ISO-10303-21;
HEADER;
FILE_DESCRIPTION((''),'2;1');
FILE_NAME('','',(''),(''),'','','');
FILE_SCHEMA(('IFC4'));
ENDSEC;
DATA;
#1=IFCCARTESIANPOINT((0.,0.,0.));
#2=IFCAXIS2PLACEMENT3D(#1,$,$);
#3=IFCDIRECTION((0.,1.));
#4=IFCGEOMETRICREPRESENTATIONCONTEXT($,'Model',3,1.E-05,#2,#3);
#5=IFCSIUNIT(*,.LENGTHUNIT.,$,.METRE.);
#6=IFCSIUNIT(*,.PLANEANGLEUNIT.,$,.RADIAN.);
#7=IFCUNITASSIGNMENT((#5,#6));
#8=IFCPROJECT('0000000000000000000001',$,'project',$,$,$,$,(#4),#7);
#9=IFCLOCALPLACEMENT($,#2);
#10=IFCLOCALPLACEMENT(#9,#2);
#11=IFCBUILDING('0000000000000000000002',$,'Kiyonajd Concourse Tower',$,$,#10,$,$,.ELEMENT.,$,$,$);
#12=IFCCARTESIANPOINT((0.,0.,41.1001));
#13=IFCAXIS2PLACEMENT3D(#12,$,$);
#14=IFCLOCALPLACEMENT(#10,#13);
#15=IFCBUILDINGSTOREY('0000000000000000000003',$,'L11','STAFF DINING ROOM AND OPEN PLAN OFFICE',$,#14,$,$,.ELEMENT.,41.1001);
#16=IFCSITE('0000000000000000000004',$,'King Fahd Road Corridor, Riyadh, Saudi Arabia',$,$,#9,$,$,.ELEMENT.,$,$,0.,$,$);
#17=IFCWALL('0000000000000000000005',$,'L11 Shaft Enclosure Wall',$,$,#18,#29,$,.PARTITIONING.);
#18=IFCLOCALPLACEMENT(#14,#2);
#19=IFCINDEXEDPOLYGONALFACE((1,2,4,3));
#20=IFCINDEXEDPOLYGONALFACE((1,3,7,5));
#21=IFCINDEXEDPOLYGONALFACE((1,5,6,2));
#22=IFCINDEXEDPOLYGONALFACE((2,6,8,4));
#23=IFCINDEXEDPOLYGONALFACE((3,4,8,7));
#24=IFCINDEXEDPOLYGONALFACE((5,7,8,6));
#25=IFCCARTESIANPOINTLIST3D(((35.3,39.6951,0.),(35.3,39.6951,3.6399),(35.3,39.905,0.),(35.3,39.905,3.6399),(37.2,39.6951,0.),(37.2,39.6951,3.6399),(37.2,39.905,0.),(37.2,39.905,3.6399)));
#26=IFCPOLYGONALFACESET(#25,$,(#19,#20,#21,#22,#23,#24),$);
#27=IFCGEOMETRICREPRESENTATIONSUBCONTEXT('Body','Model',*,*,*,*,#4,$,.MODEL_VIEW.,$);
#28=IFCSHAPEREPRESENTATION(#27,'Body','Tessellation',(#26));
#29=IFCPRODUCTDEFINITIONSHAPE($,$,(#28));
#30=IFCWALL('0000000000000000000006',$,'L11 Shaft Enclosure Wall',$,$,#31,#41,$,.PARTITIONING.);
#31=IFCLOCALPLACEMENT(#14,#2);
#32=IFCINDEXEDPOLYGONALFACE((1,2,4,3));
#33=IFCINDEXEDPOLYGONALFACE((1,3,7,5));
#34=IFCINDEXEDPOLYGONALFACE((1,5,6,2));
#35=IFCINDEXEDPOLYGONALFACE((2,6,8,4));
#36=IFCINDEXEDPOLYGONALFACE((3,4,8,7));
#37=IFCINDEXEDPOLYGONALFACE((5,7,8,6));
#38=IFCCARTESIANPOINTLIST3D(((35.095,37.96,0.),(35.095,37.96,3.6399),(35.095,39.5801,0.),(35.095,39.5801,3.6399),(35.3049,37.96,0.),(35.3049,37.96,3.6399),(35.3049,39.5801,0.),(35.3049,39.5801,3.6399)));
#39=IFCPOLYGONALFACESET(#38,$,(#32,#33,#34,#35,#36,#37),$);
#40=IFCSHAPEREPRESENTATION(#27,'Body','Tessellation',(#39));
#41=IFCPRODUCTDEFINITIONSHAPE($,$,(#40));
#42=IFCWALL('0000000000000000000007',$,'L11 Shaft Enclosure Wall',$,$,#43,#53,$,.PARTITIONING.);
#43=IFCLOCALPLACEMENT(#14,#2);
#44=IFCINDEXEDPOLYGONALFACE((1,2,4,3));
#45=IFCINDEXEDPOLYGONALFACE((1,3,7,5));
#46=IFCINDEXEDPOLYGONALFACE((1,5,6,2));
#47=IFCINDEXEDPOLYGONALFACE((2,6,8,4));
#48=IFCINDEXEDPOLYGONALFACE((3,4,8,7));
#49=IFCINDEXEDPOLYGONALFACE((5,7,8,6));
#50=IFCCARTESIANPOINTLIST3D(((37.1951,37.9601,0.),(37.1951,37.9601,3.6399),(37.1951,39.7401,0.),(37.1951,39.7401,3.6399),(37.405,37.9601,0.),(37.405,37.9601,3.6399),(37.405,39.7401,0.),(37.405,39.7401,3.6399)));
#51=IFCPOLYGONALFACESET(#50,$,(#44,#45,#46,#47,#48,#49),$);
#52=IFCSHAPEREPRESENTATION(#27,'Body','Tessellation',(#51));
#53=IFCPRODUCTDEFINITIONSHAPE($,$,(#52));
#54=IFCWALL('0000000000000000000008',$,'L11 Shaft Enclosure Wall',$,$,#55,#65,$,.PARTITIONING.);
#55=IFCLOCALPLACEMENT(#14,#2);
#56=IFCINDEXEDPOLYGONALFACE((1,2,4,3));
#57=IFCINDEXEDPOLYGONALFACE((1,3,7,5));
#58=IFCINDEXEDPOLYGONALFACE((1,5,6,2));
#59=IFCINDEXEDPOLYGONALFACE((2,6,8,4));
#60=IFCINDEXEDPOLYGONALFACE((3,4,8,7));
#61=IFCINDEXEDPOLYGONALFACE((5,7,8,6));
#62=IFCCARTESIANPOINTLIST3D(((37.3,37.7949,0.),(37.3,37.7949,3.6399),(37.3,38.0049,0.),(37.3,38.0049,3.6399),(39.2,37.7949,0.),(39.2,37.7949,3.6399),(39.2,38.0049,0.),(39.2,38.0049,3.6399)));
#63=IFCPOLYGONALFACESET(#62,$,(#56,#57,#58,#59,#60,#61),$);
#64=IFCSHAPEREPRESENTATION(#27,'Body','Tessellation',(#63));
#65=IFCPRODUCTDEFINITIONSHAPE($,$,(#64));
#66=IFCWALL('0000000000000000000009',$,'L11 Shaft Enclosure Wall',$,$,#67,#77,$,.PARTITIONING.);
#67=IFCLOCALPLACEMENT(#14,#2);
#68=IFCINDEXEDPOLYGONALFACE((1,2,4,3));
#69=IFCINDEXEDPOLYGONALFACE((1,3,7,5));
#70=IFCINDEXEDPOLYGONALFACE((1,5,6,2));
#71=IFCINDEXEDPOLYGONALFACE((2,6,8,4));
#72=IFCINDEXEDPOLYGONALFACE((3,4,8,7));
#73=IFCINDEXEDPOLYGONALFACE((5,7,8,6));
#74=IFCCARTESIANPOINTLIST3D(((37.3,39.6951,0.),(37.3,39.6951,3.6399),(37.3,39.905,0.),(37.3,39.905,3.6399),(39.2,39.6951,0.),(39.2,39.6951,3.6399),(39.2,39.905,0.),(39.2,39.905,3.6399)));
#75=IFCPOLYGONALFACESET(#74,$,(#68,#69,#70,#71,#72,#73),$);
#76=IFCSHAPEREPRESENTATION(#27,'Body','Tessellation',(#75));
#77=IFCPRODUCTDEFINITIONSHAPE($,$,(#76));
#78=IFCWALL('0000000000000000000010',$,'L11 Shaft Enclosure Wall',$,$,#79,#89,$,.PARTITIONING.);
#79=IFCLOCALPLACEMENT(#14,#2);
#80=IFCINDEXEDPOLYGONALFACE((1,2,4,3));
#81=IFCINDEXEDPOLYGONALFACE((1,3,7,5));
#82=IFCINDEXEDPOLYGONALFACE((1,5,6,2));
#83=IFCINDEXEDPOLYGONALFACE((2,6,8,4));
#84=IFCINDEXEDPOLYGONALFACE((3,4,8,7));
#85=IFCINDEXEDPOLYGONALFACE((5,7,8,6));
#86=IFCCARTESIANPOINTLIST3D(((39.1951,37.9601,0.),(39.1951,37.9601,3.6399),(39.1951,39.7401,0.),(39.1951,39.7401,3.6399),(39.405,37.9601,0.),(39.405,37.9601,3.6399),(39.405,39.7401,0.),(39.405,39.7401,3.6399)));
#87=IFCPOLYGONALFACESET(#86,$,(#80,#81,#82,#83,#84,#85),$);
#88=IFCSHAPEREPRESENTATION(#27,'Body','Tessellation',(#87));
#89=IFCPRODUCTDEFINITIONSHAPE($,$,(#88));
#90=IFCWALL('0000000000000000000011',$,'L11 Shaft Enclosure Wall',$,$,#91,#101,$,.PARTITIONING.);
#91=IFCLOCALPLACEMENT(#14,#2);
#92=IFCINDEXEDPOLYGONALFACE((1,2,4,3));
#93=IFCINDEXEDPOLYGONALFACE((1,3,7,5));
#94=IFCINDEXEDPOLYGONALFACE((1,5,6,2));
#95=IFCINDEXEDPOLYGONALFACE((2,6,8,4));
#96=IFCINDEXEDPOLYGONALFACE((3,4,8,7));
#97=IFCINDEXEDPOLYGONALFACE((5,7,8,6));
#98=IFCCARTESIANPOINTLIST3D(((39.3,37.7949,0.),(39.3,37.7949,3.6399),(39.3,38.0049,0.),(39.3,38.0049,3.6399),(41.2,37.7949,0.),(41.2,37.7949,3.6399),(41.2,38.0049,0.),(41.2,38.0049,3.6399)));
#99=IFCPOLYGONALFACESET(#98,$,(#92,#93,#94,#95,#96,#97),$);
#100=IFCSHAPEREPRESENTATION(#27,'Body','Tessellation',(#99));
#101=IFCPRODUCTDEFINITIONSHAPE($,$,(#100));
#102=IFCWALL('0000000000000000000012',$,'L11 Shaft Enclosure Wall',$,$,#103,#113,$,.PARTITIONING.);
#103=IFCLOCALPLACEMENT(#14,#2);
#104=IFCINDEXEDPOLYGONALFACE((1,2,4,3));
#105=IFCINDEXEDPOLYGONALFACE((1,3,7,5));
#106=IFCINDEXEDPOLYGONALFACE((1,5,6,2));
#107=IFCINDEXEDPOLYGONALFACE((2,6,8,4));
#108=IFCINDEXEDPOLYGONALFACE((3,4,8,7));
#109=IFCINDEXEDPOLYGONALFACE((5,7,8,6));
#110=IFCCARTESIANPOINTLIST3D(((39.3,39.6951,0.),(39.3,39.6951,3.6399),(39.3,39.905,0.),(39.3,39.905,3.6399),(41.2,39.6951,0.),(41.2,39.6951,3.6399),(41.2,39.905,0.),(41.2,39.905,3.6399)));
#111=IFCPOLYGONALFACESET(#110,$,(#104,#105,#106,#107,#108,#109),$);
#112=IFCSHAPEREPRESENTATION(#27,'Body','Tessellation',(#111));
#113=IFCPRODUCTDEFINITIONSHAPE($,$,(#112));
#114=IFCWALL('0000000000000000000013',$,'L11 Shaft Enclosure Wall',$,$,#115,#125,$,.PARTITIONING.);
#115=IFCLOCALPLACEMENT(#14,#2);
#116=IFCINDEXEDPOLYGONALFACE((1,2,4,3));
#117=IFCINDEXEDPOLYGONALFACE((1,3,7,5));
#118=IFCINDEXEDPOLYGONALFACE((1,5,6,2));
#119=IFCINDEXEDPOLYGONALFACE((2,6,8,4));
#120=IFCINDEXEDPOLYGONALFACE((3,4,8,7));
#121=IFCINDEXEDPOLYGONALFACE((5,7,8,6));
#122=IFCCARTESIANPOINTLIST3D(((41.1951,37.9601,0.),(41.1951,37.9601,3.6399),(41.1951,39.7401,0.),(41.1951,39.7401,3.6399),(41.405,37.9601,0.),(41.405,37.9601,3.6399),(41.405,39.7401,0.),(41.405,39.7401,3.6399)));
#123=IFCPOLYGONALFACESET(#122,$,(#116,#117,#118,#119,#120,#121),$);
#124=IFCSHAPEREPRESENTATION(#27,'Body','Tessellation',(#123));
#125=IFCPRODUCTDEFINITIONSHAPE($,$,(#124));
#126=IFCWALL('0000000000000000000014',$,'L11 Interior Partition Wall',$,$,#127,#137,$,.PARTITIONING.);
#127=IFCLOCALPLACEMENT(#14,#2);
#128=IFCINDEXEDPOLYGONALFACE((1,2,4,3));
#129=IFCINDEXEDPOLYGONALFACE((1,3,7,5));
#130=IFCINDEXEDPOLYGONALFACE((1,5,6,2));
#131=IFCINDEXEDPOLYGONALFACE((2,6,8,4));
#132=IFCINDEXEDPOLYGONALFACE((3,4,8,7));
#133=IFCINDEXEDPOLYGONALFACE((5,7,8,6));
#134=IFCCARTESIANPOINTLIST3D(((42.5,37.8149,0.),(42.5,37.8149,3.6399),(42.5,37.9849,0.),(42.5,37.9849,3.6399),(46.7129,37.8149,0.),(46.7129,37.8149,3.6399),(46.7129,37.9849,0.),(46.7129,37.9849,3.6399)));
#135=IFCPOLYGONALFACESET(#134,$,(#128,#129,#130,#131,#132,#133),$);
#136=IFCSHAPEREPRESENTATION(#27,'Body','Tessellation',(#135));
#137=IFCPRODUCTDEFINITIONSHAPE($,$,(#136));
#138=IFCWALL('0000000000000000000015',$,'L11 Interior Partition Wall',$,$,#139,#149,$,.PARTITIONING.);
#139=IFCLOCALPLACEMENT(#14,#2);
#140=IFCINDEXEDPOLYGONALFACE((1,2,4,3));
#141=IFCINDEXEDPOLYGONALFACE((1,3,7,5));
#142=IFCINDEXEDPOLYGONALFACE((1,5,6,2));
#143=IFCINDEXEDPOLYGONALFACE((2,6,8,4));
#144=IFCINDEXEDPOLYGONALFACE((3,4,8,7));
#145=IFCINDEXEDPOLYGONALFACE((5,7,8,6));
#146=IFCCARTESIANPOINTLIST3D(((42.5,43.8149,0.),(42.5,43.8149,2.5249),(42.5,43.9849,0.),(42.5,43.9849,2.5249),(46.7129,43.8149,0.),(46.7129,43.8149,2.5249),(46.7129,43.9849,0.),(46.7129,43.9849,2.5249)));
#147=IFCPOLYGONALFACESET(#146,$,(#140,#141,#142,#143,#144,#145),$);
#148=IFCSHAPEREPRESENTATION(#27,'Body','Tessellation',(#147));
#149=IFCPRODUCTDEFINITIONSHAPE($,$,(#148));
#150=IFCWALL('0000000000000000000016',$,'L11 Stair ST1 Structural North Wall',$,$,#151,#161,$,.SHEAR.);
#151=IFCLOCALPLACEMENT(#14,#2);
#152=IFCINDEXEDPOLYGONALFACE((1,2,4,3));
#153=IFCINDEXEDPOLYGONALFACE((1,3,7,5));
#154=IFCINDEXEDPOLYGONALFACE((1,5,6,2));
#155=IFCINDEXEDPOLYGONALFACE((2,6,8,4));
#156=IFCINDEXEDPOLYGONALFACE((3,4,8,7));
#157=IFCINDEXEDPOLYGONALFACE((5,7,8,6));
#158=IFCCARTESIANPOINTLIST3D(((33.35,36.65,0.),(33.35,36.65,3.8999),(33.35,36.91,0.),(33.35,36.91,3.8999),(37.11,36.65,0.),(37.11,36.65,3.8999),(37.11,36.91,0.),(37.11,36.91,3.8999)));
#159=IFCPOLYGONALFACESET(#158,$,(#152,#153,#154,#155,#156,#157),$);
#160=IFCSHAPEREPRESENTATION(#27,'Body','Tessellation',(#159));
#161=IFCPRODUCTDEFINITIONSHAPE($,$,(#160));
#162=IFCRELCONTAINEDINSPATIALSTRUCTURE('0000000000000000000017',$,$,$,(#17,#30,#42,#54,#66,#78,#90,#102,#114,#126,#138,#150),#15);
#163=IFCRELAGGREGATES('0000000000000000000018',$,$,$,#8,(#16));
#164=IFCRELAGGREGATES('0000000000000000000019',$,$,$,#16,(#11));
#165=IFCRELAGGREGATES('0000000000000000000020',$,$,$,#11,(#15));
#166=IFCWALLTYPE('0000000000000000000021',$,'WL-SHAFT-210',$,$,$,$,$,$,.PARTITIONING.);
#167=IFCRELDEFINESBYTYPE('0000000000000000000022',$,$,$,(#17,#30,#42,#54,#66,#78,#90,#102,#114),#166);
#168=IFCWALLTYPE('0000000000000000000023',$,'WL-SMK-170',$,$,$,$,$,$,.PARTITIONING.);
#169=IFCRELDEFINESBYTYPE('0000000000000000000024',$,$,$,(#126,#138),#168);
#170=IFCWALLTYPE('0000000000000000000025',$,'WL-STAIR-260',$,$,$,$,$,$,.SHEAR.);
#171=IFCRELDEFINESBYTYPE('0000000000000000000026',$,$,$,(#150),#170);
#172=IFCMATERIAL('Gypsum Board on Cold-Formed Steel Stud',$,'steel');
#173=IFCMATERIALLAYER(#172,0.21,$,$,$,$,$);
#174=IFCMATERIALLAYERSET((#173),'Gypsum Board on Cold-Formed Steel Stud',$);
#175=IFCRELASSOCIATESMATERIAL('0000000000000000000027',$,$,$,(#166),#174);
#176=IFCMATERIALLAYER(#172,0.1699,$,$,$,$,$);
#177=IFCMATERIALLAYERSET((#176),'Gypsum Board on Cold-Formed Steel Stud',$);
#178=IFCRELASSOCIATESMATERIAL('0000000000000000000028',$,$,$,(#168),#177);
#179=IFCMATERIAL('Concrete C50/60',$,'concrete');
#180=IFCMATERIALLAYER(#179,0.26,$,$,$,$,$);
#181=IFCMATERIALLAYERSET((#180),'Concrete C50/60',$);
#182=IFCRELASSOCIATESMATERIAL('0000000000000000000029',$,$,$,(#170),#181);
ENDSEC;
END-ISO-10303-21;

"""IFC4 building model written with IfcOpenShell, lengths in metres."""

from ifc_helpers import new_model, si_unit, direction, frame, frame_2d, origin, place, context, subcontext, project, spatial, rectangle, extrude, material, layer, layer_set, type_object, element, save


model = new_model("IFC4")

# Units and contexts
model_context = context("Model", 3, precision=1e-05, world=origin(), true_north=direction((0.0, 1.0)))
body_context = subcontext(model_context, "Body", "Model", "MODEL_VIEW")
ifc_project = project(units=[si_unit("LENGTHUNIT", "METRE"), si_unit("PLANEANGLEUNIT", "RADIAN")], contexts=[model_context])

# Site, building, storey
site_placement = place(None, origin())
site = spatial("IfcSite", under=ifc_project, at=site_placement, Name="King Fahd Road Corridor, Riyadh, Saudi Arabia", CompositionType="ELEMENT", RefElevation=0.0)
building_placement = place(site_placement, origin())
building = spatial("IfcBuilding", under=site, at=building_placement, Name="Kiyonajd Concourse Tower", CompositionType="ELEMENT")
storey_placement = place(building_placement, frame((0.0, 0.0, 41.1001)))
storey = spatial("IfcBuildingStorey", under=building, at=storey_placement, Name="L11", Description="STAFF DINING ROOM AND OPEN PLAN OFFICE", CompositionType="ELEMENT", Elevation=41.1001)

# Walls
ifc_material_1 = material(Name="Gypsum Board on Cold-Formed Steel Stud", Category="steel")
ifc_layer_1 = layer(ifc_material_1, 0.21)
ifc_layer_set_1 = layer_set([ifc_layer_1], Name="Gypsum Board on Cold-Formed Steel Stud")
wall_type_1 = type_object("IfcWallType", Name="WL-SHAFT-210", PredefinedType="PARTITIONING", material=ifc_layer_set_1)
for number, where, z_axis, x_axis, name in (
    (1, (35.3, 39.8, 0.0), (0.0, 0.0, 1.0), (1.0, 0.0, 0.0), "L11 Shaft Enclosure Wall"),
):
    element("IfcWall", number, at=place(storey_placement, frame(where, z_axis=z_axis, x_axis=x_axis)), inside=storey, type_object=wall_type_1, Name=name, PredefinedType="PARTITIONING", context=body_context, shape_type="SweptSolid", body=[
        extrude(rectangle(XDim=1.8999, YDim=0.21, at=frame_2d((0.95, 0.0))), origin(), (0.0, 0.0, 1.0), 3.6399),
    ])
wall_1_placement = place(storey_placement, frame((35.2, 37.96, 0.0), z_axis=(0.0, 0.0, 1.0), x_axis=(0.0, 1.0, 0.0)))
element("IfcWall", 2, at=wall_1_placement, inside=storey, type_object=wall_type_1, Name="L11 Shaft Enclosure Wall", PredefinedType="PARTITIONING", context=body_context, shape_type="SweptSolid", body=[
    extrude(rectangle(XDim=1.6201, YDim=0.21, at=frame_2d((0.8101, 0.0))), origin(), (0.0, 0.0, 1.0), 3.6399),
])
wall_2_placement = place(storey_placement, frame((37.3, 37.96, 0.0), z_axis=(0.0, 0.0, 1.0), x_axis=(0.0, 1.0, 0.0)))
element("IfcWall", 3, at=wall_2_placement, inside=storey, type_object=wall_type_1, Name="L11 Shaft Enclosure Wall", PredefinedType="PARTITIONING", context=body_context, shape_type="SweptSolid", body=[
    extrude(rectangle(XDim=1.78, YDim=0.21, at=frame_2d((0.8901, 0.0))), origin(), (0.0, 0.0, 1.0), 3.6399),
])
for number, where, z_axis, x_axis, name in (
    (4, (37.3, 37.8999, 0.0), (0.0, 0.0, 1.0), (1.0, 0.0, 0.0), "L11 Shaft Enclosure Wall"),
    (5, (37.3, 39.8, 0.0), (0.0, 0.0, 1.0), (1.0, 0.0, 0.0), "L11 Shaft Enclosure Wall"),
):
    element("IfcWall", number, at=place(storey_placement, frame(where, z_axis=z_axis, x_axis=x_axis)), inside=storey, type_object=wall_type_1, Name=name, PredefinedType="PARTITIONING", context=body_context, shape_type="SweptSolid", body=[
        extrude(rectangle(XDim=1.8999, YDim=0.21, at=frame_2d((0.95, 0.0))), origin(), (0.0, 0.0, 1.0), 3.6399),
    ])
wall_3_placement = place(storey_placement, frame((39.3, 37.96, 0.0), z_axis=(0.0, 0.0, 1.0), x_axis=(0.0, 1.0, 0.0)))
element("IfcWall", 6, at=wall_3_placement, inside=storey, type_object=wall_type_1, Name="L11 Shaft Enclosure Wall", PredefinedType="PARTITIONING", context=body_context, shape_type="SweptSolid", body=[
    extrude(rectangle(XDim=1.78, YDim=0.21, at=frame_2d((0.8901, 0.0))), origin(), (0.0, 0.0, 1.0), 3.6399),
])
for number, where, z_axis, x_axis, name in (
    (7, (39.3, 37.8999, 0.0), (0.0, 0.0, 1.0), (1.0, 0.0, 0.0), "L11 Shaft Enclosure Wall"),
    (8, (39.3, 39.8, 0.0), (0.0, 0.0, 1.0), (1.0, 0.0, 0.0), "L11 Shaft Enclosure Wall"),
):
    element("IfcWall", number, at=place(storey_placement, frame(where, z_axis=z_axis, x_axis=x_axis)), inside=storey, type_object=wall_type_1, Name=name, PredefinedType="PARTITIONING", context=body_context, shape_type="SweptSolid", body=[
        extrude(rectangle(XDim=1.8999, YDim=0.21, at=frame_2d((0.95, 0.0))), origin(), (0.0, 0.0, 1.0), 3.6399),
    ])
wall_4_placement = place(storey_placement, frame((41.3, 37.96, 0.0), z_axis=(0.0, 0.0, 1.0), x_axis=(0.0, 1.0, 0.0)))
element("IfcWall", 9, at=wall_4_placement, inside=storey, type_object=wall_type_1, Name="L11 Shaft Enclosure Wall", PredefinedType="PARTITIONING", context=body_context, shape_type="SweptSolid", body=[
    extrude(rectangle(XDim=1.78, YDim=0.21, at=frame_2d((0.8901, 0.0))), origin(), (0.0, 0.0, 1.0), 3.6399),
])
ifc_layer_2 = layer(ifc_material_1, 0.1699)
ifc_layer_set_2 = layer_set([ifc_layer_2], Name="Gypsum Board on Cold-Formed Steel Stud")
wall_type_2 = type_object("IfcWallType", Name="WL-SMK-170", PredefinedType="PARTITIONING", material=ifc_layer_set_2)
wall_5_placement = place(storey_placement, frame((42.5, 37.8999, 0.0), z_axis=(0.0, 0.0, 1.0), x_axis=(1.0, 0.0, 0.0)))
element("IfcWall", 10, at=wall_5_placement, inside=storey, type_object=wall_type_2, Name="L11 Interior Partition Wall", PredefinedType="PARTITIONING", context=body_context, shape_type="SweptSolid", body=[
    extrude(rectangle(XDim=4.2129, YDim=0.1699, at=frame_2d((2.1064, 0.0))), origin(), (0.0, 0.0, 1.0), 3.6399),
])
wall_6_placement = place(storey_placement, frame((42.5, 43.8999, 0.0), z_axis=(0.0, 0.0, 1.0), x_axis=(1.0, 0.0, 0.0)))
element("IfcWall", 11, at=wall_6_placement, inside=storey, type_object=wall_type_2, Name="L11 Interior Partition Wall", PredefinedType="PARTITIONING", context=body_context, shape_type="SweptSolid", body=[
    extrude(rectangle(XDim=4.2129, YDim=0.1699, at=frame_2d((2.1064, 0.0))), origin(), (0.0, 0.0, 1.0), 2.5249),
])
ifc_material_2 = material(Name="Concrete C50/60", Category="concrete")
ifc_layer_3 = layer(ifc_material_2, 0.26)
ifc_layer_set_3 = layer_set([ifc_layer_3], Name="Concrete C50/60")
wall_type_3 = type_object("IfcWallType", Name="WL-STAIR-260", PredefinedType="SHEAR", material=ifc_layer_set_3)
wall_7_placement = place(storey_placement, frame((33.3501, 36.78, 0.0), z_axis=(0.0, 0.0, 1.0), x_axis=(1.0, 0.0, 0.0)))
element("IfcWall", 12, at=wall_7_placement, inside=storey, type_object=wall_type_3, Name="L11 Stair ST1 Structural North Wall", PredefinedType="SHEAR", context=body_context, shape_type="SweptSolid", body=[
    extrude(rectangle(XDim=3.76, YDim=0.26, at=frame_2d((1.8799, 0.0))), origin(), (0.0, 0.0, 1.0), 3.8999),
])

save(model, "model.ifc")
